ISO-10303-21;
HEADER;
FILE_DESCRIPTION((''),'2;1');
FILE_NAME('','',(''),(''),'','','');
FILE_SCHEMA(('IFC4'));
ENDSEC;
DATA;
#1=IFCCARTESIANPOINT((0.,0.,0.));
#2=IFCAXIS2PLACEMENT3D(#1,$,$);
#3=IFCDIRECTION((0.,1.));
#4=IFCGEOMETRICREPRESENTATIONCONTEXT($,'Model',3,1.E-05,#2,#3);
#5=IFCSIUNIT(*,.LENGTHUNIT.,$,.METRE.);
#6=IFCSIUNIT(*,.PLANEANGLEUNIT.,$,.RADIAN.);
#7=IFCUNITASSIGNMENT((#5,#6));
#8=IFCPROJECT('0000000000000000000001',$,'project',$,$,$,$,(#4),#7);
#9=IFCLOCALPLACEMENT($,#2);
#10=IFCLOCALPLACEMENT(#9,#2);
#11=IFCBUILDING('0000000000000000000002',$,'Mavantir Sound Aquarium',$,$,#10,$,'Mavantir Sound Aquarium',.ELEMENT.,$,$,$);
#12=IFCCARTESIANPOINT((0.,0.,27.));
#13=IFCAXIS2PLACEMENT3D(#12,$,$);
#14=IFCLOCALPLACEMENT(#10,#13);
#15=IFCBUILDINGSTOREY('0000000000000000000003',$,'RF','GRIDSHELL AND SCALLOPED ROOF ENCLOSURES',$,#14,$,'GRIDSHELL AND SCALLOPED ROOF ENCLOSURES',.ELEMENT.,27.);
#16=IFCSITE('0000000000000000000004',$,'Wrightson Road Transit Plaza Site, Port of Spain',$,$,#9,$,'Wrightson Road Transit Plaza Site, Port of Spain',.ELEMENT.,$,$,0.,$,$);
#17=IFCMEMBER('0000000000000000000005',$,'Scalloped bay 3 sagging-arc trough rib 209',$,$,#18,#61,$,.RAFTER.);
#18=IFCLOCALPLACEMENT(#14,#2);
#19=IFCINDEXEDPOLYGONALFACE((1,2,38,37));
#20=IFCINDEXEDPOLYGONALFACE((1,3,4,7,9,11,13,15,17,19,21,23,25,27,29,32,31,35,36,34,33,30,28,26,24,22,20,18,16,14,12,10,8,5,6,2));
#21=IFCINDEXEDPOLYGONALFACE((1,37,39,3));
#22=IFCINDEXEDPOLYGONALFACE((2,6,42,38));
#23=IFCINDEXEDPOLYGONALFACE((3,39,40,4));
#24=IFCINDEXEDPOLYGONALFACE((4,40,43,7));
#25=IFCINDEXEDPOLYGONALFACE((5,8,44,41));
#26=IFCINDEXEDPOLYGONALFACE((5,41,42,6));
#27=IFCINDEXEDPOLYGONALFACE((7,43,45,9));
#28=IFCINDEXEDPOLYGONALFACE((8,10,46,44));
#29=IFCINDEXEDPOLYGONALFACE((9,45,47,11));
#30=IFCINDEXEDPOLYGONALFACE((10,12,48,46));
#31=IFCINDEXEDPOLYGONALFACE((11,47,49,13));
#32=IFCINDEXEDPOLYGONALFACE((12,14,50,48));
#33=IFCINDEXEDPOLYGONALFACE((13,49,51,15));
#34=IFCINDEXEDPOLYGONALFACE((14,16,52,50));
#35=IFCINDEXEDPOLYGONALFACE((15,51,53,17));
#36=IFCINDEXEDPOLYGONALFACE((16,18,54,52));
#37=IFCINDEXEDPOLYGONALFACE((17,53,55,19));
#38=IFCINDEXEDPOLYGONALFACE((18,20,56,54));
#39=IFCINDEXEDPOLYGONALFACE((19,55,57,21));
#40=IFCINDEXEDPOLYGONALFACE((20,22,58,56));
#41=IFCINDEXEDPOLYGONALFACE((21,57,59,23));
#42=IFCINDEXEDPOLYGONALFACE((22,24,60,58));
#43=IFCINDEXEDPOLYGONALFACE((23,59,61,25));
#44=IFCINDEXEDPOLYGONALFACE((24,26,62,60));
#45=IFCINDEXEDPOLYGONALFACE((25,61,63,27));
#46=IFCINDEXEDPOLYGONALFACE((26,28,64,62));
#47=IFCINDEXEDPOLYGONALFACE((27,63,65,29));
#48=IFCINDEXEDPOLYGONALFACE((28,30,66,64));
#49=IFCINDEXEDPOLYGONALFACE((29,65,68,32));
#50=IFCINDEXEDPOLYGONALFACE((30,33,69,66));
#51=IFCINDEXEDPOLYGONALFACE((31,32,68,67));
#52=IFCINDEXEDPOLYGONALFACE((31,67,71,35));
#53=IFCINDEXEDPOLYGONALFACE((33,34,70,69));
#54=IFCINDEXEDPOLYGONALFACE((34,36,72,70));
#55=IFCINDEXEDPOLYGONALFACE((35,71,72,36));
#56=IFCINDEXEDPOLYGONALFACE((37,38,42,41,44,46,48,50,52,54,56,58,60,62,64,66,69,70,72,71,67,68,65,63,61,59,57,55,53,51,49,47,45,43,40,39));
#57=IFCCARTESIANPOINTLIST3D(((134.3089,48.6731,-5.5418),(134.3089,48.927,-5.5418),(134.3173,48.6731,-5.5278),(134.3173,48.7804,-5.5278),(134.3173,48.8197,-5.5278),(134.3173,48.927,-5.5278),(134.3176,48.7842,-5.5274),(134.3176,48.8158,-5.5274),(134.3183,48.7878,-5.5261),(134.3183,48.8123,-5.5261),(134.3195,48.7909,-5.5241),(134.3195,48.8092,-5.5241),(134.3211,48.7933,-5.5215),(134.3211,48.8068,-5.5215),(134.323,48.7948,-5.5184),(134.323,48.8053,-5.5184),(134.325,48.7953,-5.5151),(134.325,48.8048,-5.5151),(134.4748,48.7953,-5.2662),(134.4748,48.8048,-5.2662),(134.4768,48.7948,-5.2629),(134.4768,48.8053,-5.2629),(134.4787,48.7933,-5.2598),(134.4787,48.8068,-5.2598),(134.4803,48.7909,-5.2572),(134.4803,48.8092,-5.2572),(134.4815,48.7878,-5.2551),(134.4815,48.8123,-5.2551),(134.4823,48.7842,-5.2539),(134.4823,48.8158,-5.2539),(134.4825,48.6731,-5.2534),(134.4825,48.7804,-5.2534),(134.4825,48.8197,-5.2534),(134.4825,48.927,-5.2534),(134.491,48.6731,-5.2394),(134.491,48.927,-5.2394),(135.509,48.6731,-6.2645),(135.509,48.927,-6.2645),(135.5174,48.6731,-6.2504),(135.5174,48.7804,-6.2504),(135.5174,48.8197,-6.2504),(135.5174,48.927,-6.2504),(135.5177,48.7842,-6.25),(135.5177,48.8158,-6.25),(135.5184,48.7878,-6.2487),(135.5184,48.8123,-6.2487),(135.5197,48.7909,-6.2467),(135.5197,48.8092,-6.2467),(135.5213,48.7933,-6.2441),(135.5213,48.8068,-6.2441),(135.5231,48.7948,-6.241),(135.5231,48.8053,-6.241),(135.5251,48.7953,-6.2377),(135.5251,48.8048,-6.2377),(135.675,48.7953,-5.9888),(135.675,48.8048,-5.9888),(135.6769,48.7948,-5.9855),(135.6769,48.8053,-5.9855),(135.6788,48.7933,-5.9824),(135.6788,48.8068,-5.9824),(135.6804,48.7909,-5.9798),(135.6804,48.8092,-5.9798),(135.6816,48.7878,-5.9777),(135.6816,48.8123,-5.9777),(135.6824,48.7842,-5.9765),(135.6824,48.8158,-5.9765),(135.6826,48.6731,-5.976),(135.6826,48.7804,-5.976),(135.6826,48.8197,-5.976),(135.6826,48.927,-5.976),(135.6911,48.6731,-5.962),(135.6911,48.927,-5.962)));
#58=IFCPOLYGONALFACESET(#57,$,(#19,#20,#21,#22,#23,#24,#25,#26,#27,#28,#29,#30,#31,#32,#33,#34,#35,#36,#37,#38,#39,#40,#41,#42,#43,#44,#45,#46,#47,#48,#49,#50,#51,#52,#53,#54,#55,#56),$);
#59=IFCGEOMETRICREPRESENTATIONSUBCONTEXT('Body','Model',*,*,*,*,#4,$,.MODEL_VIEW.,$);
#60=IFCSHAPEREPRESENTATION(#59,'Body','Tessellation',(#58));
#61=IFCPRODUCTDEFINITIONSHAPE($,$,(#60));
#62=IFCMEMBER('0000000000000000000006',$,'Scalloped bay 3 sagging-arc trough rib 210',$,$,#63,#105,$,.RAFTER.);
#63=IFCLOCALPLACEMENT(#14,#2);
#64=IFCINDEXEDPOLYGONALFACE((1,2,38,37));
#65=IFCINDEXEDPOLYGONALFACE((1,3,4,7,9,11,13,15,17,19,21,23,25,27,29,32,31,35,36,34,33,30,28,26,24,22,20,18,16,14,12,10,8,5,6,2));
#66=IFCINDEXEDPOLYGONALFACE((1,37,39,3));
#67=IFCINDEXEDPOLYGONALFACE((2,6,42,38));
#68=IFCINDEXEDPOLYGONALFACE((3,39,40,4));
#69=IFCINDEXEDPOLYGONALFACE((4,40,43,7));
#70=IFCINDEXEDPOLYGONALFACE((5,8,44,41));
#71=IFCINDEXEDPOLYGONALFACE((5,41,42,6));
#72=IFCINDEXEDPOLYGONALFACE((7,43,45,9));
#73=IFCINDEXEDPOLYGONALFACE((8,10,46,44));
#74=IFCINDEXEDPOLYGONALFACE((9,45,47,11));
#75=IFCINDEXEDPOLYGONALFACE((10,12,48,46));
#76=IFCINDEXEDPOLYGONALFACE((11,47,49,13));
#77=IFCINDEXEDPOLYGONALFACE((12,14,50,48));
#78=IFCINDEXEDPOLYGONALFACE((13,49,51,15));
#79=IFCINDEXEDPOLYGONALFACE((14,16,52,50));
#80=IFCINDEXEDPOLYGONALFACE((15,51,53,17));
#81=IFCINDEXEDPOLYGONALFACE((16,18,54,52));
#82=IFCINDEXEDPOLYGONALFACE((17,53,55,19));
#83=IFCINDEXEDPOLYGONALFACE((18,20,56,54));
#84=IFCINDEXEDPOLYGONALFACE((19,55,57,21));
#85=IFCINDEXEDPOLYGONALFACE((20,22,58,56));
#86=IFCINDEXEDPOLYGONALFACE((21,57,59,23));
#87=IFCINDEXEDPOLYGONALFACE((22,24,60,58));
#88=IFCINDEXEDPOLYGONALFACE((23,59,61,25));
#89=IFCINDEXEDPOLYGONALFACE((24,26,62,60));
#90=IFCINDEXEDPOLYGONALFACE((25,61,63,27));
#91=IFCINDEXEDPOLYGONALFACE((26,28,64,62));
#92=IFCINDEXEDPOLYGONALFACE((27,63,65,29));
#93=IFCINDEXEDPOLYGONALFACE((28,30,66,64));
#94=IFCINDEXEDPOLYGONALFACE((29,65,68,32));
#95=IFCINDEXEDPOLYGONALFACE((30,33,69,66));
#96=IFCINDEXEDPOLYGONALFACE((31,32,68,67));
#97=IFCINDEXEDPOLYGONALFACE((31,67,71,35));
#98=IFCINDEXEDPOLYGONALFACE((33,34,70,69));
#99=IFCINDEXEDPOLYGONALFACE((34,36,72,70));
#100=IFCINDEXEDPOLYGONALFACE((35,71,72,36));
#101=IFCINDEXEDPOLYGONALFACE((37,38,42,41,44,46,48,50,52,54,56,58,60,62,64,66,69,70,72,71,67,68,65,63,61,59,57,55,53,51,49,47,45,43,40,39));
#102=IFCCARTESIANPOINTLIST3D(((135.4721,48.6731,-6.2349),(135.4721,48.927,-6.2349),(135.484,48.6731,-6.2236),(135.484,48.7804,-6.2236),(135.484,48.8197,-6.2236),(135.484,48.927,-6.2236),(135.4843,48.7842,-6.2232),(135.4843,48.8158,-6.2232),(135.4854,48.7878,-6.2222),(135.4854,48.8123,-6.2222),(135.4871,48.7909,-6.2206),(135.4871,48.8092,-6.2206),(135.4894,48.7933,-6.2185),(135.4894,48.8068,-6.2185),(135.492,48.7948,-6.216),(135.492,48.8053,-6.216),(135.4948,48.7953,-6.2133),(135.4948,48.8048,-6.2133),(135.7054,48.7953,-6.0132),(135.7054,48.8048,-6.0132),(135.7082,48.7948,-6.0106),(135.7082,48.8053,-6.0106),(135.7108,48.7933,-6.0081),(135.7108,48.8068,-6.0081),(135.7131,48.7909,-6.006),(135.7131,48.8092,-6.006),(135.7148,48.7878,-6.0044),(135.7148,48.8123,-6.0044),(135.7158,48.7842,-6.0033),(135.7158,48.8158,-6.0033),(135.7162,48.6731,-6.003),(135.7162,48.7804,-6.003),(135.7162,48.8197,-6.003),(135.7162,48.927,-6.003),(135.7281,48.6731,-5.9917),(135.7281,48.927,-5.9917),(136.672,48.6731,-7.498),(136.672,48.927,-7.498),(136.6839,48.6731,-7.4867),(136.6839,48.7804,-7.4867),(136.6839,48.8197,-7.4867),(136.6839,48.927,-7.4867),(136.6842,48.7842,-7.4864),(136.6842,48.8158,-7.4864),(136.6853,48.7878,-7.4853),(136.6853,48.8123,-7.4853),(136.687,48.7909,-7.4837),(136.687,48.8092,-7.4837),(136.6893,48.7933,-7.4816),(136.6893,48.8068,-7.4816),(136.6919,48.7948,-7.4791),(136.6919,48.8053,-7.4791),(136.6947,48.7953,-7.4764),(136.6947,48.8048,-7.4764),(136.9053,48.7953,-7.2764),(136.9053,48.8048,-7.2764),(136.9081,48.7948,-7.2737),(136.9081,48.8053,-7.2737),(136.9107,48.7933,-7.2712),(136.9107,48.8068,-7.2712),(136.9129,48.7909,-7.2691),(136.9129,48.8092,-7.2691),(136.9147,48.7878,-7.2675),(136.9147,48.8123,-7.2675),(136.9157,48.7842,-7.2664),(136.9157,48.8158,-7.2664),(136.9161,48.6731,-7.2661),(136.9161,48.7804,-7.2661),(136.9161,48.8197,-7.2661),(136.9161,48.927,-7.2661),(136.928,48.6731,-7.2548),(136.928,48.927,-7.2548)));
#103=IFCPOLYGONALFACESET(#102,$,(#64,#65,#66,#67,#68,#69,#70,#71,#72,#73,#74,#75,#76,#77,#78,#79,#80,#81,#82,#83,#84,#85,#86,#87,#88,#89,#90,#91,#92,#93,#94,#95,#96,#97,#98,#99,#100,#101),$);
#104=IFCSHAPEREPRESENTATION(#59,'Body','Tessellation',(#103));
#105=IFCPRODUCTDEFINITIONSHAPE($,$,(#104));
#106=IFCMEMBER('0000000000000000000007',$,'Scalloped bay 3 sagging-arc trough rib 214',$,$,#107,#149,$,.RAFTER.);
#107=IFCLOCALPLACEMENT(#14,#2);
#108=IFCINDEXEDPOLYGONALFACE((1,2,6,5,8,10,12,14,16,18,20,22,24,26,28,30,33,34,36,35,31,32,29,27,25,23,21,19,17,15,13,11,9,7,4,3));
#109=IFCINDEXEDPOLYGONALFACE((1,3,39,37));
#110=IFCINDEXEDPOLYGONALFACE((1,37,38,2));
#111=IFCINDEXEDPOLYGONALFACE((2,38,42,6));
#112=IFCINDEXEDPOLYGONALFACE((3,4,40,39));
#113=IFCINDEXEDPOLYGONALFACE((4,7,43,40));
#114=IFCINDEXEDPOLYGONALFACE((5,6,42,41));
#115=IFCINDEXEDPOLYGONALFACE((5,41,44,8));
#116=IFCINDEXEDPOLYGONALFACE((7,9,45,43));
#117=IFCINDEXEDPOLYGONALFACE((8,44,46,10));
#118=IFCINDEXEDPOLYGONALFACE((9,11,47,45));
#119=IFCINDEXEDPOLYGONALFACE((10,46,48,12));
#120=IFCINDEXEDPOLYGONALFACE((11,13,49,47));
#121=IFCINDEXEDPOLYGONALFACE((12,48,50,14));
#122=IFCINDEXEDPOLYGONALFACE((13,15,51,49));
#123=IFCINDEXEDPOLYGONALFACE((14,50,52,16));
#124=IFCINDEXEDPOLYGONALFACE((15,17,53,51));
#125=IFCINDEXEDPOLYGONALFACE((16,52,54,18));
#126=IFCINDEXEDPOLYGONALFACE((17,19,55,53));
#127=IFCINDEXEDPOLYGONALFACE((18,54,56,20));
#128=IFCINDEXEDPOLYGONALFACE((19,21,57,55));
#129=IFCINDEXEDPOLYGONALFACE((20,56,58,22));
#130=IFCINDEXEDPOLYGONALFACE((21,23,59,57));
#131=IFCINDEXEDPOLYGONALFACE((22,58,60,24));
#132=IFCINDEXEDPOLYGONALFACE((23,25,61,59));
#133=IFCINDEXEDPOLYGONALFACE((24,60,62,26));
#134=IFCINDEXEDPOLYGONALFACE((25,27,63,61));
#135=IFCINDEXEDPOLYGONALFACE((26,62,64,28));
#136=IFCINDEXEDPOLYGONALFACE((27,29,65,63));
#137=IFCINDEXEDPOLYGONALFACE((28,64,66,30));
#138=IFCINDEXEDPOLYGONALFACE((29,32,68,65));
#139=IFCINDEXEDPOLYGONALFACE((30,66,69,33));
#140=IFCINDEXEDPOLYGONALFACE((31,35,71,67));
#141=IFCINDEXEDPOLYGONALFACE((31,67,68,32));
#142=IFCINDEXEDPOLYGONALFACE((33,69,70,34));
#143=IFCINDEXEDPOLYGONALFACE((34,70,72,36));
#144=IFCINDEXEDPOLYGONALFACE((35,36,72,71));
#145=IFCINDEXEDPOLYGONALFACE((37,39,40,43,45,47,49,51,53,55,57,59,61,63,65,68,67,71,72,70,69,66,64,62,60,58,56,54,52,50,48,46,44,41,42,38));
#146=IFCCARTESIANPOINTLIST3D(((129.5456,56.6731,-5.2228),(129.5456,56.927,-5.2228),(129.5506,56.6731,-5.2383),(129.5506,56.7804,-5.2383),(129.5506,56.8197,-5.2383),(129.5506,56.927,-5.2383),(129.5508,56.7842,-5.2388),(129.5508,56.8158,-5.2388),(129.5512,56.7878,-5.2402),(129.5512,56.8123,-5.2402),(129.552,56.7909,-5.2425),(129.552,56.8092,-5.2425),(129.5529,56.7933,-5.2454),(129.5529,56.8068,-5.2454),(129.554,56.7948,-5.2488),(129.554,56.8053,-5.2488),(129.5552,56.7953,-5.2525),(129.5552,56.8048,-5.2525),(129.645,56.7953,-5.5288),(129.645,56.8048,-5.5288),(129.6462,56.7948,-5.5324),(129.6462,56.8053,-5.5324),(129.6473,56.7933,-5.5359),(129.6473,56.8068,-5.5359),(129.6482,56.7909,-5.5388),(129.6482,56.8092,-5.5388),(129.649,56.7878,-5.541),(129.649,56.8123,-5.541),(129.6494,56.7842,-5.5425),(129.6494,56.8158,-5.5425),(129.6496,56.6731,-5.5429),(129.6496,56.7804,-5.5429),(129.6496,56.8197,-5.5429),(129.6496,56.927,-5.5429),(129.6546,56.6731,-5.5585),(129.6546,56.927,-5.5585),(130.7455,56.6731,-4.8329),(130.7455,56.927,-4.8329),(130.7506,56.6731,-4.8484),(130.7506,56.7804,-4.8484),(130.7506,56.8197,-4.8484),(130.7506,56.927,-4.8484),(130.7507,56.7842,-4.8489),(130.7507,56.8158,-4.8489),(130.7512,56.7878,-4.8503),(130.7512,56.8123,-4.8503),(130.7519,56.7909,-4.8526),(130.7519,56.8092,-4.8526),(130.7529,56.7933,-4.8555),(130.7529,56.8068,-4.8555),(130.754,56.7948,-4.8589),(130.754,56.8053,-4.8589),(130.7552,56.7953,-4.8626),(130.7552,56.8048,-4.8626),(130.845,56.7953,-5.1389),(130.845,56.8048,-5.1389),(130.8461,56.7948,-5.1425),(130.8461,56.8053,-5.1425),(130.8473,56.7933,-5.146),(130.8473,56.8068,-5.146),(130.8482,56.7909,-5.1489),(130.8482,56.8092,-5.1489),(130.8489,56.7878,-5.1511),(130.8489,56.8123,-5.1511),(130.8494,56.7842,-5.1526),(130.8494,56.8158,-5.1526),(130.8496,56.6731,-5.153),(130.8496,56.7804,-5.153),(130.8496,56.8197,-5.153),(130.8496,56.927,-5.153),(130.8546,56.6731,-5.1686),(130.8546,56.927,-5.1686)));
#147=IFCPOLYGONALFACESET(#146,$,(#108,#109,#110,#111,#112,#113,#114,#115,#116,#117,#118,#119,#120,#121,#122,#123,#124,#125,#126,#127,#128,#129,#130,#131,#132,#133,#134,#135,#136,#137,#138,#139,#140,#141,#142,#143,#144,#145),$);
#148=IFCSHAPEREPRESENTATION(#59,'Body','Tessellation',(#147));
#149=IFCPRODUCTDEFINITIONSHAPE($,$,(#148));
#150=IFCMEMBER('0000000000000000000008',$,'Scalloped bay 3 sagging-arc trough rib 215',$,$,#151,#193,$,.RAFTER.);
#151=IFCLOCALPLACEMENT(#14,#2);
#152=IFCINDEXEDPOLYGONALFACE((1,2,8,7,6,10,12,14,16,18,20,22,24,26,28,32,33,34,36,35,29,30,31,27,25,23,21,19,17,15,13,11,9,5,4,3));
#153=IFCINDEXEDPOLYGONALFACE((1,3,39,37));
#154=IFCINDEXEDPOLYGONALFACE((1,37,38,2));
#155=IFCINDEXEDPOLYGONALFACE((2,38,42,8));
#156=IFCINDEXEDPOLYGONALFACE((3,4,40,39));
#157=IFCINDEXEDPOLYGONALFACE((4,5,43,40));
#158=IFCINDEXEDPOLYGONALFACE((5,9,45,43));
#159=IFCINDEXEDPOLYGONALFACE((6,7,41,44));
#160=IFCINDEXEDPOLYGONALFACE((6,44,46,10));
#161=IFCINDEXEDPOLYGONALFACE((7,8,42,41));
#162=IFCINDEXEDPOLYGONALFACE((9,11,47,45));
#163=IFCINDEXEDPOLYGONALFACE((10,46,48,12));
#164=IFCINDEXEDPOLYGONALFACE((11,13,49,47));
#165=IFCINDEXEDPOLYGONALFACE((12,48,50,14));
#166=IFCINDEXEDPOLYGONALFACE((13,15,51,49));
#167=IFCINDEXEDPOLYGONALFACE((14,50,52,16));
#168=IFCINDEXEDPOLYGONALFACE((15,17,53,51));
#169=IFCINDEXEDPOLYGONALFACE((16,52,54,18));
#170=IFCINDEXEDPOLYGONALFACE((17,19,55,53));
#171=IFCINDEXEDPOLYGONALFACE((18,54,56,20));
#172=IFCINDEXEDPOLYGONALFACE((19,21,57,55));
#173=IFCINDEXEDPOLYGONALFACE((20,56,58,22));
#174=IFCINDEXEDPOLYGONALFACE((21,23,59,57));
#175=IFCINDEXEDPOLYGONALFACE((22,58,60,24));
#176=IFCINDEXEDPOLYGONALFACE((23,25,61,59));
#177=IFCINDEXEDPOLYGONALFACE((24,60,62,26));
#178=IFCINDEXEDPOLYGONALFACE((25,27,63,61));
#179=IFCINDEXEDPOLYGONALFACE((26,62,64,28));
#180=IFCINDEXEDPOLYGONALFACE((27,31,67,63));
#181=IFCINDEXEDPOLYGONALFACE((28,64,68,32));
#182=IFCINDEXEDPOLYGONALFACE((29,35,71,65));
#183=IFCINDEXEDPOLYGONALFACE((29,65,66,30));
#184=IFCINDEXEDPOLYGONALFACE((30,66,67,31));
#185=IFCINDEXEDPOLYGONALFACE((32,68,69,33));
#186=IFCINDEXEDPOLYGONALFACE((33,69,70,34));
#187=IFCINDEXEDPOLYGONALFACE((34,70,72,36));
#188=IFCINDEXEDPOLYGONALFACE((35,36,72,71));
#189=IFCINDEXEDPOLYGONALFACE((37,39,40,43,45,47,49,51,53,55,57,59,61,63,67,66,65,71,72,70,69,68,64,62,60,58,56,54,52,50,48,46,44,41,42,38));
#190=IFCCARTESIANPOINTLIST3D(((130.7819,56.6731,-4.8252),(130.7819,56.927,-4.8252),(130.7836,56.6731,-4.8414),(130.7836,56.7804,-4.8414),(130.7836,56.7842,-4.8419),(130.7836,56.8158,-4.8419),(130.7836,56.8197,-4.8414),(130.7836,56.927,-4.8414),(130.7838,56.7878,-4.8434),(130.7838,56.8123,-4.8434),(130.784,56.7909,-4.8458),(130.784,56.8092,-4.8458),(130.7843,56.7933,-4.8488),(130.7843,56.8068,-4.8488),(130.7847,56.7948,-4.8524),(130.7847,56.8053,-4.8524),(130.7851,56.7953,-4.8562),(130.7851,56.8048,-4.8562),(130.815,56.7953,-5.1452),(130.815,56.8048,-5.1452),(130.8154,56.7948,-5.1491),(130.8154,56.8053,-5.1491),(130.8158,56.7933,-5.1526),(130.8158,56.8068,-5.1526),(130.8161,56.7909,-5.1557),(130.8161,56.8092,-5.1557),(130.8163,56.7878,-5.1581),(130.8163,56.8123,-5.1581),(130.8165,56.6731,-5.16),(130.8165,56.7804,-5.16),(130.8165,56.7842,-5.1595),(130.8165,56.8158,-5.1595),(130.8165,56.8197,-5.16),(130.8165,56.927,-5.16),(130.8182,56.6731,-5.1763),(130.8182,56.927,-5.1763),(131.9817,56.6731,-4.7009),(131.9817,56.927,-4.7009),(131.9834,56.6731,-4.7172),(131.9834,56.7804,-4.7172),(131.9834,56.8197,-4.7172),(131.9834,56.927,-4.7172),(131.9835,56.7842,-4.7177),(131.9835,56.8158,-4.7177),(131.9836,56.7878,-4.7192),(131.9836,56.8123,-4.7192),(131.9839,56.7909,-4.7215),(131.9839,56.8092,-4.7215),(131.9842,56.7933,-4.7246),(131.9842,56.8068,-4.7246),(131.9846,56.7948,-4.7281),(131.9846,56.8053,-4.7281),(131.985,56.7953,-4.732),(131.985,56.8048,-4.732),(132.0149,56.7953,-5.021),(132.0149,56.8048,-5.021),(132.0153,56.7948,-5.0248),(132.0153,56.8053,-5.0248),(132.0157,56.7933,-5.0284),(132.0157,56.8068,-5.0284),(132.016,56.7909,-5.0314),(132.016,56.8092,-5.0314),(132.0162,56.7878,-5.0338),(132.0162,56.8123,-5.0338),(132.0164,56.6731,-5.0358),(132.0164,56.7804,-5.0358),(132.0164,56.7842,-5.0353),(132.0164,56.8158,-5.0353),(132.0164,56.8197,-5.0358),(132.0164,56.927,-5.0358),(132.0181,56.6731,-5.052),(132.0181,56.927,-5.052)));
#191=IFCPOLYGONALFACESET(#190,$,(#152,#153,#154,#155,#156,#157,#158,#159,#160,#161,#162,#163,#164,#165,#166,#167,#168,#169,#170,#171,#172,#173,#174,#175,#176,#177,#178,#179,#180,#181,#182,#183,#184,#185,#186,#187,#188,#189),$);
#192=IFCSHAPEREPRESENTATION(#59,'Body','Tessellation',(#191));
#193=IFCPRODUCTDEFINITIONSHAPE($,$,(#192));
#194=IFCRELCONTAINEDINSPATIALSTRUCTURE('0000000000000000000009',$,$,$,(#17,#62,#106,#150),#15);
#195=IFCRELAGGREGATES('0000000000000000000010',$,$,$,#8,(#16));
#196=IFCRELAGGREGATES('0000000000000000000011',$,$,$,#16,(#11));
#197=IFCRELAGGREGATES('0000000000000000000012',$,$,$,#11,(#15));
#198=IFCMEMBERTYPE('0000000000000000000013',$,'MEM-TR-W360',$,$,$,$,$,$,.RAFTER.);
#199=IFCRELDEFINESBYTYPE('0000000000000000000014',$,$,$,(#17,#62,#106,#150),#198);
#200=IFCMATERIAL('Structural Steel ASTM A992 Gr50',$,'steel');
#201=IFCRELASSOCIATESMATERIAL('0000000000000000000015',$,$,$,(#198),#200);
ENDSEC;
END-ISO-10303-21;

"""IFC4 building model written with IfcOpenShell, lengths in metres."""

from ifc_helpers import new_model, si_unit, direction, frame, origin, origin_2d, place, context, subcontext, project, spatial, i_section, extrude, material, material_profile, profile_set, type_object, element, save


model = new_model("IFC4")

# Units and contexts
model_context = context("Model", 3, precision=1e-05, world=origin(), true_north=direction((0.0, 1.0)))
body_context = subcontext(model_context, "Body", "Model", "MODEL_VIEW")
ifc_project = project(units=[si_unit("LENGTHUNIT", "METRE"), si_unit("PLANEANGLEUNIT", "RADIAN")], contexts=[model_context])

# Site, building, storey
site_placement = place(None, origin())
site = spatial("IfcSite", under=ifc_project, at=site_placement, Name="Wrightson Road Transit Plaza Site, Port of Spain", LongName="Wrightson Road Transit Plaza Site, Port of Spain", CompositionType="ELEMENT", RefElevation=0.0)
building_placement = place(site_placement, origin())
building = spatial("IfcBuilding", under=site, at=building_placement, Name="Mavantir Sound Aquarium", LongName="Mavantir Sound Aquarium", CompositionType="ELEMENT")
storey_placement = place(building_placement, frame((0.0, 0.0, 27.0)))
storey = spatial("IfcBuildingStorey", under=building, at=storey_placement, Name="RF", Description="GRIDSHELL AND SCALLOPED ROOF ENCLOSURES", LongName="GRIDSHELL AND SCALLOPED ROOF ENCLOSURES", CompositionType="ELEMENT", Elevation=27.0)

# Members
ifc_material_1 = material(Name="Structural Steel ASTM A992 Gr50", Category="steel")
ifc_material_profile_1 = material_profile(ifc_material_1, i_section(OverallWidth=0.2539, OverallDepth=0.353, WebThickness=0.0095, FlangeThickness=0.0164, FilletRadius=0.0149, at=origin_2d()), Name="W360X91")
ifc_profile_set_1 = profile_set([ifc_material_profile_1], Name="Structural Steel ASTM A992 Gr50")
member_type_1 = type_object("IfcMemberType", Name="MEM-TR-W360", PredefinedType="RAFTER", material=ifc_profile_set_1)
member_1_placement = place(storey_placement, frame((134.3999, 48.8, -5.3906), z_axis=(0.856692, 0.0, -0.515828), x_axis=(0.0, 1.0, 0.0)))
element("IfcMember", 1, at=member_1_placement, inside=storey, type_object=member_type_1, Name="Scalloped bay 3 sagging-arc trough rib 209", PredefinedType="RAFTER", context=body_context, shape_type="SweptSolid", body=[
    extrude(i_section(OverallWidth=0.2539, OverallDepth=0.353, WebThickness=0.0095, FlangeThickness=0.0164, FilletRadius=0.0149, at=origin_2d()), origin(), (0.0, 0.0, 1.0), 1.4009),
])
member_2_placement = place(storey_placement, frame((135.6001, 48.8, -6.1133), z_axis=(0.688727, 0.0, -0.72502), x_axis=(0.0, 1.0, 0.0)))
element("IfcMember", 2, at=member_2_placement, inside=storey, type_object=member_type_1, Name="Scalloped bay 3 sagging-arc trough rib 210", PredefinedType="RAFTER", context=body_context, shape_type="SweptSolid", body=[
    extrude(i_section(OverallWidth=0.2539, OverallDepth=0.353, WebThickness=0.0095, FlangeThickness=0.0164, FilletRadius=0.0149, at=origin_2d()), origin(), (0.0, 0.0, 1.0), 1.7422),
])
member_3_placement = place(storey_placement, frame((129.6001, 56.8, -5.3906), z_axis=(0.951055, 0.0, 0.30902), x_axis=(0.0, 1.0, 0.0)))
element("IfcMember", 3, at=member_3_placement, inside=storey, type_object=member_type_1, Name="Scalloped bay 3 sagging-arc trough rib 214", PredefinedType="RAFTER", context=body_context, shape_type="SweptSolid", body=[
    extrude(i_section(OverallWidth=0.2539, OverallDepth=0.353, WebThickness=0.0095, FlangeThickness=0.0164, FilletRadius=0.0149, at=origin_2d()), origin(), (0.0, 0.0, 1.0), 1.2617),
])
for number, where, z_axis, x_axis, name in (
    (4, (130.8, 56.8, -5.0007), (0.99468, 0.0, 0.10301), (0.0, 1.0, 0.0), "Scalloped bay 3 sagging-arc trough rib 215"),
):
    element("IfcMember", number, at=place(storey_placement, frame(where, z_axis=z_axis, x_axis=x_axis)), inside=storey, type_object=member_type_1, Name=name, PredefinedType="RAFTER", context=body_context, shape_type="SweptSolid", body=[
        extrude(i_section(OverallWidth=0.2539, OverallDepth=0.353, WebThickness=0.0095, FlangeThickness=0.0164, FilletRadius=0.0149, at=origin_2d()), origin(), (0.0, 0.0, 1.0), 1.2063),
    ])

save(model, "model.ifc")
